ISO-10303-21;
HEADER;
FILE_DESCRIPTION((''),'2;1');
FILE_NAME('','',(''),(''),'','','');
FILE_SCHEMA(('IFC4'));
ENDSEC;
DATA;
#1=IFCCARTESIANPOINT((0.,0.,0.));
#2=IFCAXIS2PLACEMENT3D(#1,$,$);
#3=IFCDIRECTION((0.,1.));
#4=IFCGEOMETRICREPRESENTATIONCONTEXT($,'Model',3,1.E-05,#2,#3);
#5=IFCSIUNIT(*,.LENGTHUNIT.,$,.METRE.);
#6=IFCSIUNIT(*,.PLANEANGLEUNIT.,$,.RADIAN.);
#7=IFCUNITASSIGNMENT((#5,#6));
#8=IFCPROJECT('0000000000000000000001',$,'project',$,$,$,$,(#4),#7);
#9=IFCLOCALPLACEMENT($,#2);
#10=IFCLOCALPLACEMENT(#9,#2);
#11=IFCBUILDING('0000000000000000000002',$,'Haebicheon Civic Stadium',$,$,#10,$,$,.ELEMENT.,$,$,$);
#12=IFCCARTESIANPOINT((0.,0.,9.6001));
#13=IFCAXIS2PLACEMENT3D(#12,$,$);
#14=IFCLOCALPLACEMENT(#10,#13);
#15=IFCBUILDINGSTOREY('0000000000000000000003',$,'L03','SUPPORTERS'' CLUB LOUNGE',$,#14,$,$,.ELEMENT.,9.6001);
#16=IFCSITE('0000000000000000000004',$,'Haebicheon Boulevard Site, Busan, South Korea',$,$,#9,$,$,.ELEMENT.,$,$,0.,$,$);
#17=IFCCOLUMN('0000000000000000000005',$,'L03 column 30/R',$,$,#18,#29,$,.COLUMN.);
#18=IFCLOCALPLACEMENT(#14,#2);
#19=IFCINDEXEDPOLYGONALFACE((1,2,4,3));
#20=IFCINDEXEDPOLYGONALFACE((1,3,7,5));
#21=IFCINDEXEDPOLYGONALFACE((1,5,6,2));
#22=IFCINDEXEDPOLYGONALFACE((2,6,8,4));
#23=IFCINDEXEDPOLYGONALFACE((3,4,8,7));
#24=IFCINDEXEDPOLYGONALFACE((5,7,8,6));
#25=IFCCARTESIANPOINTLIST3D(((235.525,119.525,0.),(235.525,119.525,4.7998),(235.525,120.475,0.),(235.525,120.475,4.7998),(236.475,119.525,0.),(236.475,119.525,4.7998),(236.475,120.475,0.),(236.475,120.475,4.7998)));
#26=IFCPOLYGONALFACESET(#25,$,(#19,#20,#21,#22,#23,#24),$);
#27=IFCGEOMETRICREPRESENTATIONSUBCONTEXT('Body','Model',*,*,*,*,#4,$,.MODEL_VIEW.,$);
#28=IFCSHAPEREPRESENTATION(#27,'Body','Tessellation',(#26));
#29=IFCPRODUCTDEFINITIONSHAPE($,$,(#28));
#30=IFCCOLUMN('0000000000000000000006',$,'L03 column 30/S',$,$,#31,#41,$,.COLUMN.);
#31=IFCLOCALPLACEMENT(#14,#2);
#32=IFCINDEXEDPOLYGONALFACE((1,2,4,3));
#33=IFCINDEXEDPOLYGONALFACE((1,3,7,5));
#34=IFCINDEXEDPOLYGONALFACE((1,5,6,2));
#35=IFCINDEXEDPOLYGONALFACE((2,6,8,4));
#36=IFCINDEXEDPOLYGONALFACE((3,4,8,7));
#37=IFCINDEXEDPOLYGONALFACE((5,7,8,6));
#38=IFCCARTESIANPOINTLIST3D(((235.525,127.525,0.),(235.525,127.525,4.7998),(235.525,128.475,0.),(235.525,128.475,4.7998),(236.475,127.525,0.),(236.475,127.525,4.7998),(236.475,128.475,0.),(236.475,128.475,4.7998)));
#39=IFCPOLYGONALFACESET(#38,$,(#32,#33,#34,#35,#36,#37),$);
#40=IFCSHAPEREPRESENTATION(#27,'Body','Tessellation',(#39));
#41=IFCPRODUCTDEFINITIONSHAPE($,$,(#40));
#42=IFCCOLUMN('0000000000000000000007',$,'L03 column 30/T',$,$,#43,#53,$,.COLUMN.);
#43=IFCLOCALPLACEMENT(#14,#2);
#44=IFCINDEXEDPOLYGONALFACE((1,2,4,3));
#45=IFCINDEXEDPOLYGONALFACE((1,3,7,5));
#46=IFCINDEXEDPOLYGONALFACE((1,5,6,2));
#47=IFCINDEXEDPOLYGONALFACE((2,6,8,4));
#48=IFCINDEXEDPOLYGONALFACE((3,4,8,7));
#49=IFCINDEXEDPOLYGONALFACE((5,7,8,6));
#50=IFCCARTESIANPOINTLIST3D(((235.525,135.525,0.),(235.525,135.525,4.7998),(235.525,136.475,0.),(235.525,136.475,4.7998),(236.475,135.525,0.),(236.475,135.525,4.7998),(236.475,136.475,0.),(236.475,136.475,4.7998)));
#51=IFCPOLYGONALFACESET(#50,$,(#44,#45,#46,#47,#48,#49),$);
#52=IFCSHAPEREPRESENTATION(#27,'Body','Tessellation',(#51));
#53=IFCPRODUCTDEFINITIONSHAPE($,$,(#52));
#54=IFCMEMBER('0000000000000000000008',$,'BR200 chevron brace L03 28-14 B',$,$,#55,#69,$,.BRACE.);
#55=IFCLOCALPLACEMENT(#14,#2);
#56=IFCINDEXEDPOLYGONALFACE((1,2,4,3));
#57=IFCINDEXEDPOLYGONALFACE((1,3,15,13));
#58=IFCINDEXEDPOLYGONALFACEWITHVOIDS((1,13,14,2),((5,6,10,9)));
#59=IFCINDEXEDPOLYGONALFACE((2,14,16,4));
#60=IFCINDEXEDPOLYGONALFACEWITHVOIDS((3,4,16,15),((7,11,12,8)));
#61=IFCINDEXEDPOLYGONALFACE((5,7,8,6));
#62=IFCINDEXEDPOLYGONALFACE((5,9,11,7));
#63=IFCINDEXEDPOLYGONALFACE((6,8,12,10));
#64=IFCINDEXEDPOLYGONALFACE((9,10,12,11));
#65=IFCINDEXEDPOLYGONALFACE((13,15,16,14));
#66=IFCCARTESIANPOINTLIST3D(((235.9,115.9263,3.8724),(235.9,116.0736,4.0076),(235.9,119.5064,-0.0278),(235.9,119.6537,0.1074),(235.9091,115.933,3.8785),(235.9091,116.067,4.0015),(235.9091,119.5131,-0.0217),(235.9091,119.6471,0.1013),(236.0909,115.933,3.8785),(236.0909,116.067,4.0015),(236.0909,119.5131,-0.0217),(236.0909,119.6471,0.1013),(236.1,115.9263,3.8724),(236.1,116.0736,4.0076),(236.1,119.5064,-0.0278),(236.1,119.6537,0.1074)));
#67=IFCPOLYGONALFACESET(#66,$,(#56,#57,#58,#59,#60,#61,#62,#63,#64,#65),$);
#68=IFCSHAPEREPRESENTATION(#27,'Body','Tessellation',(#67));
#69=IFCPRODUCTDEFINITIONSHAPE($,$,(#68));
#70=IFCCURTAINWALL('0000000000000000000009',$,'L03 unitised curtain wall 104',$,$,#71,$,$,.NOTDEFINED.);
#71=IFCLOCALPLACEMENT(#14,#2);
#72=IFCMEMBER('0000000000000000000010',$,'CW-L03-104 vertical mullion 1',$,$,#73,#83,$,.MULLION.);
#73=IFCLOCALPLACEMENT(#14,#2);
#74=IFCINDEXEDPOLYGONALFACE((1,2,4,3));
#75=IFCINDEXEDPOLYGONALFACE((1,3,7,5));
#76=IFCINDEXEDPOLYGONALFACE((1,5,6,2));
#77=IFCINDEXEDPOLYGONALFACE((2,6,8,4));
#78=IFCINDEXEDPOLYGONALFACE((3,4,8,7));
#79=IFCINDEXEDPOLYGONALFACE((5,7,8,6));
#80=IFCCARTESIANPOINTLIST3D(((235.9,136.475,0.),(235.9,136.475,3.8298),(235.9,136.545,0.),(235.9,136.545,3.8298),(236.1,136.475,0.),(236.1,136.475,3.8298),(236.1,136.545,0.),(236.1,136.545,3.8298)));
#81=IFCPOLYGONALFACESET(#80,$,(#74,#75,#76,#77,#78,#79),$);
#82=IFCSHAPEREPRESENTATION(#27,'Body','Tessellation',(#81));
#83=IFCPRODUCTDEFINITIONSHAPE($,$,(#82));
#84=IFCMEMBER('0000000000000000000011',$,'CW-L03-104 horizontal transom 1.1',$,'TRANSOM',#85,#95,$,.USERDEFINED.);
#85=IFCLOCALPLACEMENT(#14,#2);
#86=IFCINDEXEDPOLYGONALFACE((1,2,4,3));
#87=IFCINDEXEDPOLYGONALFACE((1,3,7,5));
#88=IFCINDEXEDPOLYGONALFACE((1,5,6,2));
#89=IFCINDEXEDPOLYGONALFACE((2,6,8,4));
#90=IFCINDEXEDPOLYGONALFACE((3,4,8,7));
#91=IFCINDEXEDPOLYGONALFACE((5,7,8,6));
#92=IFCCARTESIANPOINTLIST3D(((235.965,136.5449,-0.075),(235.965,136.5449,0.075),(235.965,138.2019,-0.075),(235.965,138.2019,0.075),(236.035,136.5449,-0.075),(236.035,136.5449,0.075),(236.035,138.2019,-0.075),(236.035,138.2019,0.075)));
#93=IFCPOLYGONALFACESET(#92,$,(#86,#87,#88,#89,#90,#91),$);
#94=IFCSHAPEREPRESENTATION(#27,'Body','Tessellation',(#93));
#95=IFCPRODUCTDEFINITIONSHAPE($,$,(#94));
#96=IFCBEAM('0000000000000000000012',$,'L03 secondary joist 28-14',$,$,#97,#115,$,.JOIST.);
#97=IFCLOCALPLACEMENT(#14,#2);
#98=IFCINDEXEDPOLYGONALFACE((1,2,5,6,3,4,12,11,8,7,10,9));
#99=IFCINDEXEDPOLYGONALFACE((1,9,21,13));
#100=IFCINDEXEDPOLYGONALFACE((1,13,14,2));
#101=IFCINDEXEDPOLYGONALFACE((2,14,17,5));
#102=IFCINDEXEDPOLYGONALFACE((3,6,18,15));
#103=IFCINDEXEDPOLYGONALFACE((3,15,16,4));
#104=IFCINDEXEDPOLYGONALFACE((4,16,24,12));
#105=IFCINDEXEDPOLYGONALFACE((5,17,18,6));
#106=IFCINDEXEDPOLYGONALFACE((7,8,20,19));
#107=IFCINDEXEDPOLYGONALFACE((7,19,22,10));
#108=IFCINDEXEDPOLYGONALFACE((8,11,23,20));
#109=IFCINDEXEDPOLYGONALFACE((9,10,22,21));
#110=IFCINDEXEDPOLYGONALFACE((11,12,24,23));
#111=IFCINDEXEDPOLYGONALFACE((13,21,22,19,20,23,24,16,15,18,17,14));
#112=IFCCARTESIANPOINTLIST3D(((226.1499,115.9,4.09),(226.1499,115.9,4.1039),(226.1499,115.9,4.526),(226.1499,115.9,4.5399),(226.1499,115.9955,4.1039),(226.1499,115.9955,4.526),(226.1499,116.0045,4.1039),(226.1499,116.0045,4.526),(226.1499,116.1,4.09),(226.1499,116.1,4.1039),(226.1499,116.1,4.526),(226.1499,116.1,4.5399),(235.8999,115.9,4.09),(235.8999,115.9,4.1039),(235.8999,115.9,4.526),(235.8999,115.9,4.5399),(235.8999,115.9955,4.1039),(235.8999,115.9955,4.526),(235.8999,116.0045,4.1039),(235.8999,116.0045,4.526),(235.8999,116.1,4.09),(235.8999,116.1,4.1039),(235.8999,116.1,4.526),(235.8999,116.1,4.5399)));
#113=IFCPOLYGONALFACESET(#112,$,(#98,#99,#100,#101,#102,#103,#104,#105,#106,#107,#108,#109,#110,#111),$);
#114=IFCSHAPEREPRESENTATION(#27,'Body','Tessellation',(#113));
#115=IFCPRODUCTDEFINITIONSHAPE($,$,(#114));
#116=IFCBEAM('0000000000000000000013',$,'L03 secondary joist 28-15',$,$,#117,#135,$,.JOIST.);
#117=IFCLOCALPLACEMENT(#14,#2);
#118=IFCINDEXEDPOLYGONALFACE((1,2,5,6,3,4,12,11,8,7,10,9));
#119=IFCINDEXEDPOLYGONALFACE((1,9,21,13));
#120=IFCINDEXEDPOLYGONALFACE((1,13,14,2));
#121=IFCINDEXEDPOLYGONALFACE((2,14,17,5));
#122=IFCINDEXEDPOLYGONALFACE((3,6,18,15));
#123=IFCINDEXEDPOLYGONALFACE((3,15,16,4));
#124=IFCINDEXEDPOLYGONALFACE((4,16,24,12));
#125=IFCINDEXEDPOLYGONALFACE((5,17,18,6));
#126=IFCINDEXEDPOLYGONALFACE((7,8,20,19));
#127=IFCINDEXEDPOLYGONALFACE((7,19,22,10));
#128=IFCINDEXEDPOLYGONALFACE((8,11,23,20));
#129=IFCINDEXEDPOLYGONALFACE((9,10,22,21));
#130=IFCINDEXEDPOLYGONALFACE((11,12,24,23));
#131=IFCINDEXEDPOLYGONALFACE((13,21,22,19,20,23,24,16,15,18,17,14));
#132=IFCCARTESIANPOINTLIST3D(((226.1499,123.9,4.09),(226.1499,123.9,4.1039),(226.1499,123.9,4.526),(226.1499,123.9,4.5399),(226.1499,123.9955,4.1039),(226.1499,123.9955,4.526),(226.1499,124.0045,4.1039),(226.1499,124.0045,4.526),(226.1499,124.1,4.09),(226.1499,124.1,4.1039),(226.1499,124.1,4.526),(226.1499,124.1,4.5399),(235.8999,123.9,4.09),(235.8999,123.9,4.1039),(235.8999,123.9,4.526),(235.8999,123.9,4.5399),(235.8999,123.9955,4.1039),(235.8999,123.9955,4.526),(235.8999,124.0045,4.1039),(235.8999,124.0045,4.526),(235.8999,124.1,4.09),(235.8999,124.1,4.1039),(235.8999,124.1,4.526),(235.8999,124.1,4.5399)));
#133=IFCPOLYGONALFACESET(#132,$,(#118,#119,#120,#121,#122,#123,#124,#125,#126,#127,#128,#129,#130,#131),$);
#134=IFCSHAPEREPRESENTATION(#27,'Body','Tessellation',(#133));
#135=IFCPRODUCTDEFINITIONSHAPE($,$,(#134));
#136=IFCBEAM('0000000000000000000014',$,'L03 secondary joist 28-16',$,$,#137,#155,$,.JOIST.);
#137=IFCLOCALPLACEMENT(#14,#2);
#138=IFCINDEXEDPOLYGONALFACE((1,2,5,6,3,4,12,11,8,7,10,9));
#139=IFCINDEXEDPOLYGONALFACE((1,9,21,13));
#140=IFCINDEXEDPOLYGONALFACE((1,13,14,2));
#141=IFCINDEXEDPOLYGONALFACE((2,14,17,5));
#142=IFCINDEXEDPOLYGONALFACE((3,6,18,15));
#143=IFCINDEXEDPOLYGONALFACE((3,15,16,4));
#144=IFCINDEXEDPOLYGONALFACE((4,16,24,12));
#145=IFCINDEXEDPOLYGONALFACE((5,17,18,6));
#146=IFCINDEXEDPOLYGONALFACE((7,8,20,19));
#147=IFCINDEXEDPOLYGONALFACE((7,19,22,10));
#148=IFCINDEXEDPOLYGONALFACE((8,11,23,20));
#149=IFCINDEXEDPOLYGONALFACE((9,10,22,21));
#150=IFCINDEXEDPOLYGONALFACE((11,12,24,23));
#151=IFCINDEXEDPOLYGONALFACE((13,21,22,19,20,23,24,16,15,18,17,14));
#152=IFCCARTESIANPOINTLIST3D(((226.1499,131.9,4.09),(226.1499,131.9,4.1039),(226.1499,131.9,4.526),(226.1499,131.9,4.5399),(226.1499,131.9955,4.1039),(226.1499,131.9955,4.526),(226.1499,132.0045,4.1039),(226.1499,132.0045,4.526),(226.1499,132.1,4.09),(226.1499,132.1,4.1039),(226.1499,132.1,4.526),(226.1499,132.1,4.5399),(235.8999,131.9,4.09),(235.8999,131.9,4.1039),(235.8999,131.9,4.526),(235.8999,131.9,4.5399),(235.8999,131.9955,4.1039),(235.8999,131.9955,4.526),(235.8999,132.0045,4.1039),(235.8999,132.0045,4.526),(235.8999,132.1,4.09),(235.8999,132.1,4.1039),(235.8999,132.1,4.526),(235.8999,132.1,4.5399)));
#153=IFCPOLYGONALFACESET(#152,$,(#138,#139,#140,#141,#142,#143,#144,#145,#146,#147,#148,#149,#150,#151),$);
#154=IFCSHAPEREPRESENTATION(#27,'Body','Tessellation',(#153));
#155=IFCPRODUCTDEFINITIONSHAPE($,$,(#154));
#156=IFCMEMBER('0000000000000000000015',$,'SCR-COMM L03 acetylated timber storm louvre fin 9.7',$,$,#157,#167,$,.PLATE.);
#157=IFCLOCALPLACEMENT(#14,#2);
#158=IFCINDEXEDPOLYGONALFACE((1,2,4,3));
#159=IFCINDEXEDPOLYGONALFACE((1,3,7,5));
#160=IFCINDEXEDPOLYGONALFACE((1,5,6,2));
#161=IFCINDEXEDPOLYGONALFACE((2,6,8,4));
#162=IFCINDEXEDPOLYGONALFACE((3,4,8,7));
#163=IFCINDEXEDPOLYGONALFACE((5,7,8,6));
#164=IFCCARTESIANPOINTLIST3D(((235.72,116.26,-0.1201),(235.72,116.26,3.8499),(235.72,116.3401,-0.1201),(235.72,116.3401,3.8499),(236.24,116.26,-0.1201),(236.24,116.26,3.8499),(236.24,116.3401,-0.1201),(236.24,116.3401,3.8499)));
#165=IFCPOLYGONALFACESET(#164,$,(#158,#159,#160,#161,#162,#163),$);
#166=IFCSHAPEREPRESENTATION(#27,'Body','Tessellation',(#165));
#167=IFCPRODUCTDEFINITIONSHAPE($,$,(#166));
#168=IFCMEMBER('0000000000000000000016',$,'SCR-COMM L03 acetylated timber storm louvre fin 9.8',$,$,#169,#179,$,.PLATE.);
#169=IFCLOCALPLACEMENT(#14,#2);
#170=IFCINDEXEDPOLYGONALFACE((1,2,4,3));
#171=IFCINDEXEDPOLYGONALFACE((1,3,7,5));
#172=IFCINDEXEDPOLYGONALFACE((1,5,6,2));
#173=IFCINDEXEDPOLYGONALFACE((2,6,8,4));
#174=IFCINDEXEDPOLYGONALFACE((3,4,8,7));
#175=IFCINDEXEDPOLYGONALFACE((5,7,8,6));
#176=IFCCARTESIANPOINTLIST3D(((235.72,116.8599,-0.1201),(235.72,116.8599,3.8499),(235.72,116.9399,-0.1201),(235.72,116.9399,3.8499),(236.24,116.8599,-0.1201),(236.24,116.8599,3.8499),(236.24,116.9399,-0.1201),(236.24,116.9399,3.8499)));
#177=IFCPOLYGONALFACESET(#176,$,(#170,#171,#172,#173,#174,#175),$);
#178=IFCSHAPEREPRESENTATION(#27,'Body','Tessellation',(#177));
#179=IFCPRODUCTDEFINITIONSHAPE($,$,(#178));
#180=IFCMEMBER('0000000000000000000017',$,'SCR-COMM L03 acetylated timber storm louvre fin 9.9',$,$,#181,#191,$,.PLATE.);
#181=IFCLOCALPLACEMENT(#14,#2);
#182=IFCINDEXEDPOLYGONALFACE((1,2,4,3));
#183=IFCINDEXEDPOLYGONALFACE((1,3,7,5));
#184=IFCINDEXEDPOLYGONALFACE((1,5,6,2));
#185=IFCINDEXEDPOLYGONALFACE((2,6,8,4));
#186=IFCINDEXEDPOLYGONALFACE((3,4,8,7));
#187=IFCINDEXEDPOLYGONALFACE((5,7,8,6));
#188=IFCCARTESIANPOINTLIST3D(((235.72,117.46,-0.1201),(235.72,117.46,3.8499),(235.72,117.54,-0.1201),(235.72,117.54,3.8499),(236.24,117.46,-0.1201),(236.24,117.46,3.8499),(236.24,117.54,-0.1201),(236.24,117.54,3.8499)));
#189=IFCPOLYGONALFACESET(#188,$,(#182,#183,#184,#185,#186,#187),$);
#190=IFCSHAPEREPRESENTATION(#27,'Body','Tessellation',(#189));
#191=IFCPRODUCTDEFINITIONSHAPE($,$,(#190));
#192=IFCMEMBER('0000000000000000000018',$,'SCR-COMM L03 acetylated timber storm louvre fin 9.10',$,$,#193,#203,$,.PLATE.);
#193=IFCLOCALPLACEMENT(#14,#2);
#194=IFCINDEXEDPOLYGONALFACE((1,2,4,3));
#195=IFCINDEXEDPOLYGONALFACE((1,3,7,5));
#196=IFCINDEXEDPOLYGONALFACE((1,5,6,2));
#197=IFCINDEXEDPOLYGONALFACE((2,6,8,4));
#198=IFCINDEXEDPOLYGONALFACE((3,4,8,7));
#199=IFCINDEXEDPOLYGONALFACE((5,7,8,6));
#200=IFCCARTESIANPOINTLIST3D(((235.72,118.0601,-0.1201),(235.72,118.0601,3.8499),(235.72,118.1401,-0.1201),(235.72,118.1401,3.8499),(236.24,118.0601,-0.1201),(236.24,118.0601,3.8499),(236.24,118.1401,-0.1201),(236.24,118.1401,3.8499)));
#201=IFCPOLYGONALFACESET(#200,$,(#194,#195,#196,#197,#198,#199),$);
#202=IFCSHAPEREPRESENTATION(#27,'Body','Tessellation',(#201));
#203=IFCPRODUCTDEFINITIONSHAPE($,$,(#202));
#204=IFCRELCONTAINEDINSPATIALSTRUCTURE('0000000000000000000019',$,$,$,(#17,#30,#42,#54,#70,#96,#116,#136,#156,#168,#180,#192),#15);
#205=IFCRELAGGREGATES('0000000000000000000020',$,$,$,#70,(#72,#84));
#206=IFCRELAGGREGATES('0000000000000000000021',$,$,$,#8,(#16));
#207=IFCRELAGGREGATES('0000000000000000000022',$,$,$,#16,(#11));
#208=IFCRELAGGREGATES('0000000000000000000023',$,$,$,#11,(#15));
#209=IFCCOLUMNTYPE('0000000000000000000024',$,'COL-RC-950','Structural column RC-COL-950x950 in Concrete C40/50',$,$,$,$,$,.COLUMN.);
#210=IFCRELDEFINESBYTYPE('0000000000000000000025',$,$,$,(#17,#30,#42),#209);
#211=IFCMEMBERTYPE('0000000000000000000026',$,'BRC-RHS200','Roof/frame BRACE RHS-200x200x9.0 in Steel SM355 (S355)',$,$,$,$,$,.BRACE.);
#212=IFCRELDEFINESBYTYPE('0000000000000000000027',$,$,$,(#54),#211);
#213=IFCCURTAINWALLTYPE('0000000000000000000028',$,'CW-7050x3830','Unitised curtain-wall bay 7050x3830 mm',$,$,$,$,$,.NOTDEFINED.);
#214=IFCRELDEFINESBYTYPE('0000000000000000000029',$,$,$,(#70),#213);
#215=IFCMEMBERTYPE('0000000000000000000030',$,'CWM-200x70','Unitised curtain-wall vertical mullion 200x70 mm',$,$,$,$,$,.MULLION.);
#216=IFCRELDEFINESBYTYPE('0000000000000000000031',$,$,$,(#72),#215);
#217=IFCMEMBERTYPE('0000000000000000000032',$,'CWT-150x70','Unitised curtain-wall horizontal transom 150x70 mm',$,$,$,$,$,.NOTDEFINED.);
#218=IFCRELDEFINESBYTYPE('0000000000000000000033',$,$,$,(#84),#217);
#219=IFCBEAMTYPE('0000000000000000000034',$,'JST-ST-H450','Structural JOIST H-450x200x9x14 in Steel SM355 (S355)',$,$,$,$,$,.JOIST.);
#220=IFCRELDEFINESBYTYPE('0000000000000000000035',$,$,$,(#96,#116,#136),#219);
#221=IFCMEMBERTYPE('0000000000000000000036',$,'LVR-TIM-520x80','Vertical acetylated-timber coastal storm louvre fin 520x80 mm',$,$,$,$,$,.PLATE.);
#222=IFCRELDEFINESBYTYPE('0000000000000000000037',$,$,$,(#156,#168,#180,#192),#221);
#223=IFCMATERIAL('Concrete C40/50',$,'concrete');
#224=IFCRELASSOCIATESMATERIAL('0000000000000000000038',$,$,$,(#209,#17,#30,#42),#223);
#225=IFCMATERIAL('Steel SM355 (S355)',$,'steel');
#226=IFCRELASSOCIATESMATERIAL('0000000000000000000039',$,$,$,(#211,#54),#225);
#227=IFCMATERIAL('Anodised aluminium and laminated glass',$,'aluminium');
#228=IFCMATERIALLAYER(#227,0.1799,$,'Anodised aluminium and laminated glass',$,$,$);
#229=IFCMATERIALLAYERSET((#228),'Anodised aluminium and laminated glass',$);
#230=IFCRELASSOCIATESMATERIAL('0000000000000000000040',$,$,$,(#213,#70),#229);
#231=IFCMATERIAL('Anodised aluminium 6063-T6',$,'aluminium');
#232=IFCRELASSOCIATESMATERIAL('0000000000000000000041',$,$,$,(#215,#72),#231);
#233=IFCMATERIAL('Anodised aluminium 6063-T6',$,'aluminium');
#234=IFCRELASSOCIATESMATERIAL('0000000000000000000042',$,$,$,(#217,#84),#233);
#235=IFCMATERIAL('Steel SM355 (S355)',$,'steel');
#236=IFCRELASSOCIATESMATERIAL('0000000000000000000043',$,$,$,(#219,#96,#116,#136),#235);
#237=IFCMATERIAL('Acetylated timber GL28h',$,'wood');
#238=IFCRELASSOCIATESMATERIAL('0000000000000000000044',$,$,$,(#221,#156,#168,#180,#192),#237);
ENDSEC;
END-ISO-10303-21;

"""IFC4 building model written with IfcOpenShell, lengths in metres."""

from ifc_helpers import new_model, si_unit, direction, frame, origin, origin_2d, place, context, subcontext, project, spatial, rectangle, hollow_rectangle, i_section, extrude, material, layer, layer_set, material_profile, profile_set, type_object, element, aggregate, save


model = new_model("IFC4")

# Units and contexts
model_context = context("Model", 3, precision=1e-05, world=origin(), true_north=direction((0.0, 1.0)))
body_context = subcontext(model_context, "Body", "Model", "MODEL_VIEW")
ifc_project = project(units=[si_unit("LENGTHUNIT", "METRE"), si_unit("PLANEANGLEUNIT", "RADIAN")], contexts=[model_context])

# Site, building, storey
site_placement = place(None, origin())
site = spatial("IfcSite", under=ifc_project, at=site_placement, Name="Haebicheon Boulevard Site, Busan, South Korea", CompositionType="ELEMENT", RefElevation=0.0)
building_placement = place(site_placement, origin())
building = spatial("IfcBuilding", under=site, at=building_placement, Name="Haebicheon Civic Stadium", CompositionType="ELEMENT")
storey_placement = place(building_placement, frame((0.0, 0.0, 9.6001)))
storey = spatial("IfcBuildingStorey", under=building, at=storey_placement, Name="L03", Description="SUPPORTERS' CLUB LOUNGE", CompositionType="ELEMENT", Elevation=9.6001)

# Columns
ifc_material_1 = material(Name="Concrete C40/50", Category="concrete")
ifc_material_profile_1 = material_profile(ifc_material_1, rectangle(XDim=0.95, YDim=0.95, at=origin_2d()), Name="RC-COL-950x950")
ifc_profile_set_1 = profile_set([ifc_material_profile_1], Name="Concrete C40/50")
column_type = type_object("IfcColumnType", Name="COL-RC-950", Description="Structural column RC-COL-950x950 in Concrete C40/50", PredefinedType="COLUMN", material=ifc_profile_set_1)
for number, where, z_axis, x_axis, name in (
    (1, (236.0, 120.0, 0.0), (0.0, 0.0, 1.0), (1.0, 0.0, 0.0), "L03 column 30/R"),
    (2, (236.0, 128.0, 0.0), (0.0, 0.0, 1.0), (1.0, 0.0, 0.0), "L03 column 30/S"),
    (3, (236.0, 136.0, 0.0), (0.0, 0.0, 1.0), (1.0, 0.0, 0.0), "L03 column 30/T"),
):
    element("IfcColumn", number, at=place(storey_placement, frame(where, z_axis=z_axis, x_axis=x_axis)), inside=storey, type_object=column_type, material=ifc_profile_set_1, Name=name, PredefinedType="COLUMN", context=body_context, shape_type="SweptSolid", body=[
        extrude(rectangle(XDim=0.95, YDim=0.95, at=origin_2d()), origin(), (0.0, 0.0, 1.0), 4.7998),
    ])

# Member
ifc_material_2 = material(Name="Steel SM355 (S355)", Category="steel")
ifc_material_profile_2 = material_profile(ifc_material_2, hollow_rectangle(XDim=0.2, YDim=0.2, WallThickness=0.009, at=origin_2d()), Name="RHS-200x200x9.0")
ifc_profile_set_2 = profile_set([ifc_material_profile_2], Name="Steel SM355 (S355)")
member_type_1 = type_object("IfcMemberType", Name="BRC-RHS200", Description="Roof/frame BRACE RHS-200x200x9.0 in Steel SM355 (S355)", PredefinedType="BRACE", material=ifc_profile_set_2)
member_1_placement = place(storey_placement, frame((236.0, 119.5801, 0.0398), z_axis=(0.0, -0.676232, 0.736689), x_axis=(1.0, 0.0, 0.0)))
element("IfcMember", 4, at=member_1_placement, inside=storey, type_object=member_type_1, material=ifc_profile_set_2, Name="BR200 chevron brace L03 28-14 B", PredefinedType="BRACE", context=body_context, shape_type="SweptSolid", body=[
    extrude(hollow_rectangle(XDim=0.2, YDim=0.2, WallThickness=0.009, at=origin_2d()), origin(), (0.0, 0.0, 1.0), 5.2942),
])

# Curtain wall, members
ifc_material_3 = material(Name="Anodised aluminium and laminated glass", Category="aluminium")
ifc_layer_1 = layer(ifc_material_3, 0.1799, Name="Anodised aluminium and laminated glass")
ifc_layer_set_1 = layer_set([ifc_layer_1], Name="Anodised aluminium and laminated glass")
curtain_wall_type = type_object("IfcCurtainWallType", Name="CW-7050x3830", Description="Unitised curtain-wall bay 7050x3830 mm", PredefinedType="NOTDEFINED", material=ifc_layer_set_1)
curtain_wall_placement = place(storey_placement, origin())
curtain_wall = element("IfcCurtainWall", 5, at=curtain_wall_placement, inside=storey, type_object=curtain_wall_type, material=ifc_layer_set_1, Name="L03 unitised curtain wall 104", PredefinedType="NOTDEFINED")
ifc_material_4 = material(Name="Anodised aluminium 6063-T6", Category="aluminium")
ifc_material_profile_3 = material_profile(ifc_material_4, rectangle(XDim=0.0701, YDim=0.2, at=origin_2d()), Name="ALU-MULL-70x200")
ifc_profile_set_3 = profile_set([ifc_material_profile_3], Name="Anodised aluminium 6063-T6")
member_type_2 = type_object("IfcMemberType", Name="CWM-200x70", Description="Unitised curtain-wall vertical mullion 200x70 mm", PredefinedType="MULLION", material=ifc_profile_set_3)
member_2_placement = place(storey_placement, frame((236.0, 136.51, 0.0), z_axis=(0.0, 0.0, 1.0), x_axis=(0.0, 1.0, 0.0)))
member_2 = element("IfcMember", 6, at=member_2_placement, type_object=member_type_2, material=ifc_profile_set_3, Name="CW-L03-104 vertical mullion 1", PredefinedType="MULLION", context=body_context, shape_type="SweptSolid", body=[
    extrude(rectangle(XDim=0.0701, YDim=0.2, at=origin_2d()), origin(), (0.0, 0.0, 1.0), 3.8298),
])
ifc_material_5 = material(Name="Anodised aluminium 6063-T6", Category="aluminium")
ifc_material_profile_4 = material_profile(ifc_material_5, rectangle(XDim=0.0701, YDim=0.1499, at=origin_2d()), Name="ALU-TRAN-70x150")
ifc_profile_set_4 = profile_set([ifc_material_profile_4], Name="Anodised aluminium 6063-T6")
member_type_3 = type_object("IfcMemberType", Name="CWT-150x70", Description="Unitised curtain-wall horizontal transom 150x70 mm", PredefinedType="NOTDEFINED", material=ifc_profile_set_4)
member_3_placement = place(storey_placement, frame((236.0, 136.5449, 0.0), z_axis=(0.0, 1.0, 0.0), x_axis=(-1.0, 0.0, 0.0)))
member_3 = element("IfcMember", 7, at=member_3_placement, type_object=member_type_3, material=ifc_profile_set_4, Name="CW-L03-104 horizontal transom 1.1", ObjectType="TRANSOM", PredefinedType="USERDEFINED", context=body_context, shape_type="SweptSolid", body=[
    extrude(rectangle(XDim=0.0701, YDim=0.1499, at=origin_2d()), origin(), (0.0, 0.0, 1.0), 1.657),
])
aggregate(curtain_wall, [member_2, member_3])

# Beams
ifc_material_6 = material(Name="Steel SM355 (S355)", Category="steel")
ifc_material_profile_5 = material_profile(ifc_material_6, i_section(OverallWidth=0.2, OverallDepth=0.45, WebThickness=0.009, FlangeThickness=0.0139, at=origin_2d()), Name="H-450x200x9x14")
ifc_profile_set_5 = profile_set([ifc_material_profile_5], Name="Steel SM355 (S355)")
beam_type_1 = type_object("IfcBeamType", Name="JST-ST-H450", Description="Structural JOIST H-450x200x9x14 in Steel SM355 (S355)", PredefinedType="JOIST", material=ifc_profile_set_5)
for number, where, z_axis, x_axis, name in (
    (8, (226.1499, 116.0, 4.3149), (1.0, 0.0, 0.0), (0.0, 1.0, 0.0), "L03 secondary joist 28-14"),
    (9, (226.1499, 124.0, 4.3149), (1.0, 0.0, 0.0), (0.0, 1.0, 0.0), "L03 secondary joist 28-15"),
    (10, (226.1499, 132.0, 4.3149), (1.0, 0.0, 0.0), (0.0, 1.0, 0.0), "L03 secondary joist 28-16"),
):
    element("IfcBeam", number, at=place(storey_placement, frame(where, z_axis=z_axis, x_axis=x_axis)), inside=storey, type_object=beam_type_1, material=ifc_profile_set_5, Name=name, PredefinedType="JOIST", context=body_context, shape_type="SweptSolid", body=[
        extrude(i_section(OverallWidth=0.2, OverallDepth=0.45, WebThickness=0.009, FlangeThickness=0.0139, at=origin_2d()), origin(), (0.0, 0.0, 1.0), 9.75),
    ])

# Members
ifc_material_7 = material(Name="Acetylated timber GL28h", Category="wood")
ifc_material_profile_6 = material_profile(ifc_material_7, rectangle(XDim=0.0801, YDim=0.52, at=origin_2d()), Name="TMB-LOUV-80x520")
ifc_profile_set_6 = profile_set([ifc_material_profile_6], Name="Acetylated timber GL28h")
member_type_4 = type_object("IfcMemberType", Name="LVR-TIM-520x80", Description="Vertical acetylated-timber coastal storm louvre fin 520x80 mm", PredefinedType="PLATE", material=ifc_profile_set_6)
for number, where, z_axis, x_axis, name in (
    (11, (235.98, 116.3, -0.1201), (0.0, 0.0, 1.0), (0.0, 1.0, 0.0), "SCR-COMM L03 acetylated timber storm louvre fin 9.7"),
    (12, (235.98, 116.8999, -0.1201), (0.0, 0.0, 1.0), (0.0, 1.0, 0.0), "SCR-COMM L03 acetylated timber storm louvre fin 9.8"),
    (13, (235.98, 117.5, -0.1201), (0.0, 0.0, 1.0), (0.0, 1.0, 0.0), "SCR-COMM L03 acetylated timber storm louvre fin 9.9"),
    (14, (235.98, 118.1001, -0.1201), (0.0, 0.0, 1.0), (0.0, 1.0, 0.0), "SCR-COMM L03 acetylated timber storm louvre fin 9.10"),
):
    element("IfcMember", number, at=place(storey_placement, frame(where, z_axis=z_axis, x_axis=x_axis)), inside=storey, type_object=member_type_4, material=ifc_profile_set_6, Name=name, PredefinedType="PLATE", context=body_context, shape_type="SweptSolid", body=[
        extrude(rectangle(XDim=0.0801, YDim=0.52, at=origin_2d()), origin(), (0.0, 0.0, 1.0), 3.97),
    ])

save(model, "model.ifc")
